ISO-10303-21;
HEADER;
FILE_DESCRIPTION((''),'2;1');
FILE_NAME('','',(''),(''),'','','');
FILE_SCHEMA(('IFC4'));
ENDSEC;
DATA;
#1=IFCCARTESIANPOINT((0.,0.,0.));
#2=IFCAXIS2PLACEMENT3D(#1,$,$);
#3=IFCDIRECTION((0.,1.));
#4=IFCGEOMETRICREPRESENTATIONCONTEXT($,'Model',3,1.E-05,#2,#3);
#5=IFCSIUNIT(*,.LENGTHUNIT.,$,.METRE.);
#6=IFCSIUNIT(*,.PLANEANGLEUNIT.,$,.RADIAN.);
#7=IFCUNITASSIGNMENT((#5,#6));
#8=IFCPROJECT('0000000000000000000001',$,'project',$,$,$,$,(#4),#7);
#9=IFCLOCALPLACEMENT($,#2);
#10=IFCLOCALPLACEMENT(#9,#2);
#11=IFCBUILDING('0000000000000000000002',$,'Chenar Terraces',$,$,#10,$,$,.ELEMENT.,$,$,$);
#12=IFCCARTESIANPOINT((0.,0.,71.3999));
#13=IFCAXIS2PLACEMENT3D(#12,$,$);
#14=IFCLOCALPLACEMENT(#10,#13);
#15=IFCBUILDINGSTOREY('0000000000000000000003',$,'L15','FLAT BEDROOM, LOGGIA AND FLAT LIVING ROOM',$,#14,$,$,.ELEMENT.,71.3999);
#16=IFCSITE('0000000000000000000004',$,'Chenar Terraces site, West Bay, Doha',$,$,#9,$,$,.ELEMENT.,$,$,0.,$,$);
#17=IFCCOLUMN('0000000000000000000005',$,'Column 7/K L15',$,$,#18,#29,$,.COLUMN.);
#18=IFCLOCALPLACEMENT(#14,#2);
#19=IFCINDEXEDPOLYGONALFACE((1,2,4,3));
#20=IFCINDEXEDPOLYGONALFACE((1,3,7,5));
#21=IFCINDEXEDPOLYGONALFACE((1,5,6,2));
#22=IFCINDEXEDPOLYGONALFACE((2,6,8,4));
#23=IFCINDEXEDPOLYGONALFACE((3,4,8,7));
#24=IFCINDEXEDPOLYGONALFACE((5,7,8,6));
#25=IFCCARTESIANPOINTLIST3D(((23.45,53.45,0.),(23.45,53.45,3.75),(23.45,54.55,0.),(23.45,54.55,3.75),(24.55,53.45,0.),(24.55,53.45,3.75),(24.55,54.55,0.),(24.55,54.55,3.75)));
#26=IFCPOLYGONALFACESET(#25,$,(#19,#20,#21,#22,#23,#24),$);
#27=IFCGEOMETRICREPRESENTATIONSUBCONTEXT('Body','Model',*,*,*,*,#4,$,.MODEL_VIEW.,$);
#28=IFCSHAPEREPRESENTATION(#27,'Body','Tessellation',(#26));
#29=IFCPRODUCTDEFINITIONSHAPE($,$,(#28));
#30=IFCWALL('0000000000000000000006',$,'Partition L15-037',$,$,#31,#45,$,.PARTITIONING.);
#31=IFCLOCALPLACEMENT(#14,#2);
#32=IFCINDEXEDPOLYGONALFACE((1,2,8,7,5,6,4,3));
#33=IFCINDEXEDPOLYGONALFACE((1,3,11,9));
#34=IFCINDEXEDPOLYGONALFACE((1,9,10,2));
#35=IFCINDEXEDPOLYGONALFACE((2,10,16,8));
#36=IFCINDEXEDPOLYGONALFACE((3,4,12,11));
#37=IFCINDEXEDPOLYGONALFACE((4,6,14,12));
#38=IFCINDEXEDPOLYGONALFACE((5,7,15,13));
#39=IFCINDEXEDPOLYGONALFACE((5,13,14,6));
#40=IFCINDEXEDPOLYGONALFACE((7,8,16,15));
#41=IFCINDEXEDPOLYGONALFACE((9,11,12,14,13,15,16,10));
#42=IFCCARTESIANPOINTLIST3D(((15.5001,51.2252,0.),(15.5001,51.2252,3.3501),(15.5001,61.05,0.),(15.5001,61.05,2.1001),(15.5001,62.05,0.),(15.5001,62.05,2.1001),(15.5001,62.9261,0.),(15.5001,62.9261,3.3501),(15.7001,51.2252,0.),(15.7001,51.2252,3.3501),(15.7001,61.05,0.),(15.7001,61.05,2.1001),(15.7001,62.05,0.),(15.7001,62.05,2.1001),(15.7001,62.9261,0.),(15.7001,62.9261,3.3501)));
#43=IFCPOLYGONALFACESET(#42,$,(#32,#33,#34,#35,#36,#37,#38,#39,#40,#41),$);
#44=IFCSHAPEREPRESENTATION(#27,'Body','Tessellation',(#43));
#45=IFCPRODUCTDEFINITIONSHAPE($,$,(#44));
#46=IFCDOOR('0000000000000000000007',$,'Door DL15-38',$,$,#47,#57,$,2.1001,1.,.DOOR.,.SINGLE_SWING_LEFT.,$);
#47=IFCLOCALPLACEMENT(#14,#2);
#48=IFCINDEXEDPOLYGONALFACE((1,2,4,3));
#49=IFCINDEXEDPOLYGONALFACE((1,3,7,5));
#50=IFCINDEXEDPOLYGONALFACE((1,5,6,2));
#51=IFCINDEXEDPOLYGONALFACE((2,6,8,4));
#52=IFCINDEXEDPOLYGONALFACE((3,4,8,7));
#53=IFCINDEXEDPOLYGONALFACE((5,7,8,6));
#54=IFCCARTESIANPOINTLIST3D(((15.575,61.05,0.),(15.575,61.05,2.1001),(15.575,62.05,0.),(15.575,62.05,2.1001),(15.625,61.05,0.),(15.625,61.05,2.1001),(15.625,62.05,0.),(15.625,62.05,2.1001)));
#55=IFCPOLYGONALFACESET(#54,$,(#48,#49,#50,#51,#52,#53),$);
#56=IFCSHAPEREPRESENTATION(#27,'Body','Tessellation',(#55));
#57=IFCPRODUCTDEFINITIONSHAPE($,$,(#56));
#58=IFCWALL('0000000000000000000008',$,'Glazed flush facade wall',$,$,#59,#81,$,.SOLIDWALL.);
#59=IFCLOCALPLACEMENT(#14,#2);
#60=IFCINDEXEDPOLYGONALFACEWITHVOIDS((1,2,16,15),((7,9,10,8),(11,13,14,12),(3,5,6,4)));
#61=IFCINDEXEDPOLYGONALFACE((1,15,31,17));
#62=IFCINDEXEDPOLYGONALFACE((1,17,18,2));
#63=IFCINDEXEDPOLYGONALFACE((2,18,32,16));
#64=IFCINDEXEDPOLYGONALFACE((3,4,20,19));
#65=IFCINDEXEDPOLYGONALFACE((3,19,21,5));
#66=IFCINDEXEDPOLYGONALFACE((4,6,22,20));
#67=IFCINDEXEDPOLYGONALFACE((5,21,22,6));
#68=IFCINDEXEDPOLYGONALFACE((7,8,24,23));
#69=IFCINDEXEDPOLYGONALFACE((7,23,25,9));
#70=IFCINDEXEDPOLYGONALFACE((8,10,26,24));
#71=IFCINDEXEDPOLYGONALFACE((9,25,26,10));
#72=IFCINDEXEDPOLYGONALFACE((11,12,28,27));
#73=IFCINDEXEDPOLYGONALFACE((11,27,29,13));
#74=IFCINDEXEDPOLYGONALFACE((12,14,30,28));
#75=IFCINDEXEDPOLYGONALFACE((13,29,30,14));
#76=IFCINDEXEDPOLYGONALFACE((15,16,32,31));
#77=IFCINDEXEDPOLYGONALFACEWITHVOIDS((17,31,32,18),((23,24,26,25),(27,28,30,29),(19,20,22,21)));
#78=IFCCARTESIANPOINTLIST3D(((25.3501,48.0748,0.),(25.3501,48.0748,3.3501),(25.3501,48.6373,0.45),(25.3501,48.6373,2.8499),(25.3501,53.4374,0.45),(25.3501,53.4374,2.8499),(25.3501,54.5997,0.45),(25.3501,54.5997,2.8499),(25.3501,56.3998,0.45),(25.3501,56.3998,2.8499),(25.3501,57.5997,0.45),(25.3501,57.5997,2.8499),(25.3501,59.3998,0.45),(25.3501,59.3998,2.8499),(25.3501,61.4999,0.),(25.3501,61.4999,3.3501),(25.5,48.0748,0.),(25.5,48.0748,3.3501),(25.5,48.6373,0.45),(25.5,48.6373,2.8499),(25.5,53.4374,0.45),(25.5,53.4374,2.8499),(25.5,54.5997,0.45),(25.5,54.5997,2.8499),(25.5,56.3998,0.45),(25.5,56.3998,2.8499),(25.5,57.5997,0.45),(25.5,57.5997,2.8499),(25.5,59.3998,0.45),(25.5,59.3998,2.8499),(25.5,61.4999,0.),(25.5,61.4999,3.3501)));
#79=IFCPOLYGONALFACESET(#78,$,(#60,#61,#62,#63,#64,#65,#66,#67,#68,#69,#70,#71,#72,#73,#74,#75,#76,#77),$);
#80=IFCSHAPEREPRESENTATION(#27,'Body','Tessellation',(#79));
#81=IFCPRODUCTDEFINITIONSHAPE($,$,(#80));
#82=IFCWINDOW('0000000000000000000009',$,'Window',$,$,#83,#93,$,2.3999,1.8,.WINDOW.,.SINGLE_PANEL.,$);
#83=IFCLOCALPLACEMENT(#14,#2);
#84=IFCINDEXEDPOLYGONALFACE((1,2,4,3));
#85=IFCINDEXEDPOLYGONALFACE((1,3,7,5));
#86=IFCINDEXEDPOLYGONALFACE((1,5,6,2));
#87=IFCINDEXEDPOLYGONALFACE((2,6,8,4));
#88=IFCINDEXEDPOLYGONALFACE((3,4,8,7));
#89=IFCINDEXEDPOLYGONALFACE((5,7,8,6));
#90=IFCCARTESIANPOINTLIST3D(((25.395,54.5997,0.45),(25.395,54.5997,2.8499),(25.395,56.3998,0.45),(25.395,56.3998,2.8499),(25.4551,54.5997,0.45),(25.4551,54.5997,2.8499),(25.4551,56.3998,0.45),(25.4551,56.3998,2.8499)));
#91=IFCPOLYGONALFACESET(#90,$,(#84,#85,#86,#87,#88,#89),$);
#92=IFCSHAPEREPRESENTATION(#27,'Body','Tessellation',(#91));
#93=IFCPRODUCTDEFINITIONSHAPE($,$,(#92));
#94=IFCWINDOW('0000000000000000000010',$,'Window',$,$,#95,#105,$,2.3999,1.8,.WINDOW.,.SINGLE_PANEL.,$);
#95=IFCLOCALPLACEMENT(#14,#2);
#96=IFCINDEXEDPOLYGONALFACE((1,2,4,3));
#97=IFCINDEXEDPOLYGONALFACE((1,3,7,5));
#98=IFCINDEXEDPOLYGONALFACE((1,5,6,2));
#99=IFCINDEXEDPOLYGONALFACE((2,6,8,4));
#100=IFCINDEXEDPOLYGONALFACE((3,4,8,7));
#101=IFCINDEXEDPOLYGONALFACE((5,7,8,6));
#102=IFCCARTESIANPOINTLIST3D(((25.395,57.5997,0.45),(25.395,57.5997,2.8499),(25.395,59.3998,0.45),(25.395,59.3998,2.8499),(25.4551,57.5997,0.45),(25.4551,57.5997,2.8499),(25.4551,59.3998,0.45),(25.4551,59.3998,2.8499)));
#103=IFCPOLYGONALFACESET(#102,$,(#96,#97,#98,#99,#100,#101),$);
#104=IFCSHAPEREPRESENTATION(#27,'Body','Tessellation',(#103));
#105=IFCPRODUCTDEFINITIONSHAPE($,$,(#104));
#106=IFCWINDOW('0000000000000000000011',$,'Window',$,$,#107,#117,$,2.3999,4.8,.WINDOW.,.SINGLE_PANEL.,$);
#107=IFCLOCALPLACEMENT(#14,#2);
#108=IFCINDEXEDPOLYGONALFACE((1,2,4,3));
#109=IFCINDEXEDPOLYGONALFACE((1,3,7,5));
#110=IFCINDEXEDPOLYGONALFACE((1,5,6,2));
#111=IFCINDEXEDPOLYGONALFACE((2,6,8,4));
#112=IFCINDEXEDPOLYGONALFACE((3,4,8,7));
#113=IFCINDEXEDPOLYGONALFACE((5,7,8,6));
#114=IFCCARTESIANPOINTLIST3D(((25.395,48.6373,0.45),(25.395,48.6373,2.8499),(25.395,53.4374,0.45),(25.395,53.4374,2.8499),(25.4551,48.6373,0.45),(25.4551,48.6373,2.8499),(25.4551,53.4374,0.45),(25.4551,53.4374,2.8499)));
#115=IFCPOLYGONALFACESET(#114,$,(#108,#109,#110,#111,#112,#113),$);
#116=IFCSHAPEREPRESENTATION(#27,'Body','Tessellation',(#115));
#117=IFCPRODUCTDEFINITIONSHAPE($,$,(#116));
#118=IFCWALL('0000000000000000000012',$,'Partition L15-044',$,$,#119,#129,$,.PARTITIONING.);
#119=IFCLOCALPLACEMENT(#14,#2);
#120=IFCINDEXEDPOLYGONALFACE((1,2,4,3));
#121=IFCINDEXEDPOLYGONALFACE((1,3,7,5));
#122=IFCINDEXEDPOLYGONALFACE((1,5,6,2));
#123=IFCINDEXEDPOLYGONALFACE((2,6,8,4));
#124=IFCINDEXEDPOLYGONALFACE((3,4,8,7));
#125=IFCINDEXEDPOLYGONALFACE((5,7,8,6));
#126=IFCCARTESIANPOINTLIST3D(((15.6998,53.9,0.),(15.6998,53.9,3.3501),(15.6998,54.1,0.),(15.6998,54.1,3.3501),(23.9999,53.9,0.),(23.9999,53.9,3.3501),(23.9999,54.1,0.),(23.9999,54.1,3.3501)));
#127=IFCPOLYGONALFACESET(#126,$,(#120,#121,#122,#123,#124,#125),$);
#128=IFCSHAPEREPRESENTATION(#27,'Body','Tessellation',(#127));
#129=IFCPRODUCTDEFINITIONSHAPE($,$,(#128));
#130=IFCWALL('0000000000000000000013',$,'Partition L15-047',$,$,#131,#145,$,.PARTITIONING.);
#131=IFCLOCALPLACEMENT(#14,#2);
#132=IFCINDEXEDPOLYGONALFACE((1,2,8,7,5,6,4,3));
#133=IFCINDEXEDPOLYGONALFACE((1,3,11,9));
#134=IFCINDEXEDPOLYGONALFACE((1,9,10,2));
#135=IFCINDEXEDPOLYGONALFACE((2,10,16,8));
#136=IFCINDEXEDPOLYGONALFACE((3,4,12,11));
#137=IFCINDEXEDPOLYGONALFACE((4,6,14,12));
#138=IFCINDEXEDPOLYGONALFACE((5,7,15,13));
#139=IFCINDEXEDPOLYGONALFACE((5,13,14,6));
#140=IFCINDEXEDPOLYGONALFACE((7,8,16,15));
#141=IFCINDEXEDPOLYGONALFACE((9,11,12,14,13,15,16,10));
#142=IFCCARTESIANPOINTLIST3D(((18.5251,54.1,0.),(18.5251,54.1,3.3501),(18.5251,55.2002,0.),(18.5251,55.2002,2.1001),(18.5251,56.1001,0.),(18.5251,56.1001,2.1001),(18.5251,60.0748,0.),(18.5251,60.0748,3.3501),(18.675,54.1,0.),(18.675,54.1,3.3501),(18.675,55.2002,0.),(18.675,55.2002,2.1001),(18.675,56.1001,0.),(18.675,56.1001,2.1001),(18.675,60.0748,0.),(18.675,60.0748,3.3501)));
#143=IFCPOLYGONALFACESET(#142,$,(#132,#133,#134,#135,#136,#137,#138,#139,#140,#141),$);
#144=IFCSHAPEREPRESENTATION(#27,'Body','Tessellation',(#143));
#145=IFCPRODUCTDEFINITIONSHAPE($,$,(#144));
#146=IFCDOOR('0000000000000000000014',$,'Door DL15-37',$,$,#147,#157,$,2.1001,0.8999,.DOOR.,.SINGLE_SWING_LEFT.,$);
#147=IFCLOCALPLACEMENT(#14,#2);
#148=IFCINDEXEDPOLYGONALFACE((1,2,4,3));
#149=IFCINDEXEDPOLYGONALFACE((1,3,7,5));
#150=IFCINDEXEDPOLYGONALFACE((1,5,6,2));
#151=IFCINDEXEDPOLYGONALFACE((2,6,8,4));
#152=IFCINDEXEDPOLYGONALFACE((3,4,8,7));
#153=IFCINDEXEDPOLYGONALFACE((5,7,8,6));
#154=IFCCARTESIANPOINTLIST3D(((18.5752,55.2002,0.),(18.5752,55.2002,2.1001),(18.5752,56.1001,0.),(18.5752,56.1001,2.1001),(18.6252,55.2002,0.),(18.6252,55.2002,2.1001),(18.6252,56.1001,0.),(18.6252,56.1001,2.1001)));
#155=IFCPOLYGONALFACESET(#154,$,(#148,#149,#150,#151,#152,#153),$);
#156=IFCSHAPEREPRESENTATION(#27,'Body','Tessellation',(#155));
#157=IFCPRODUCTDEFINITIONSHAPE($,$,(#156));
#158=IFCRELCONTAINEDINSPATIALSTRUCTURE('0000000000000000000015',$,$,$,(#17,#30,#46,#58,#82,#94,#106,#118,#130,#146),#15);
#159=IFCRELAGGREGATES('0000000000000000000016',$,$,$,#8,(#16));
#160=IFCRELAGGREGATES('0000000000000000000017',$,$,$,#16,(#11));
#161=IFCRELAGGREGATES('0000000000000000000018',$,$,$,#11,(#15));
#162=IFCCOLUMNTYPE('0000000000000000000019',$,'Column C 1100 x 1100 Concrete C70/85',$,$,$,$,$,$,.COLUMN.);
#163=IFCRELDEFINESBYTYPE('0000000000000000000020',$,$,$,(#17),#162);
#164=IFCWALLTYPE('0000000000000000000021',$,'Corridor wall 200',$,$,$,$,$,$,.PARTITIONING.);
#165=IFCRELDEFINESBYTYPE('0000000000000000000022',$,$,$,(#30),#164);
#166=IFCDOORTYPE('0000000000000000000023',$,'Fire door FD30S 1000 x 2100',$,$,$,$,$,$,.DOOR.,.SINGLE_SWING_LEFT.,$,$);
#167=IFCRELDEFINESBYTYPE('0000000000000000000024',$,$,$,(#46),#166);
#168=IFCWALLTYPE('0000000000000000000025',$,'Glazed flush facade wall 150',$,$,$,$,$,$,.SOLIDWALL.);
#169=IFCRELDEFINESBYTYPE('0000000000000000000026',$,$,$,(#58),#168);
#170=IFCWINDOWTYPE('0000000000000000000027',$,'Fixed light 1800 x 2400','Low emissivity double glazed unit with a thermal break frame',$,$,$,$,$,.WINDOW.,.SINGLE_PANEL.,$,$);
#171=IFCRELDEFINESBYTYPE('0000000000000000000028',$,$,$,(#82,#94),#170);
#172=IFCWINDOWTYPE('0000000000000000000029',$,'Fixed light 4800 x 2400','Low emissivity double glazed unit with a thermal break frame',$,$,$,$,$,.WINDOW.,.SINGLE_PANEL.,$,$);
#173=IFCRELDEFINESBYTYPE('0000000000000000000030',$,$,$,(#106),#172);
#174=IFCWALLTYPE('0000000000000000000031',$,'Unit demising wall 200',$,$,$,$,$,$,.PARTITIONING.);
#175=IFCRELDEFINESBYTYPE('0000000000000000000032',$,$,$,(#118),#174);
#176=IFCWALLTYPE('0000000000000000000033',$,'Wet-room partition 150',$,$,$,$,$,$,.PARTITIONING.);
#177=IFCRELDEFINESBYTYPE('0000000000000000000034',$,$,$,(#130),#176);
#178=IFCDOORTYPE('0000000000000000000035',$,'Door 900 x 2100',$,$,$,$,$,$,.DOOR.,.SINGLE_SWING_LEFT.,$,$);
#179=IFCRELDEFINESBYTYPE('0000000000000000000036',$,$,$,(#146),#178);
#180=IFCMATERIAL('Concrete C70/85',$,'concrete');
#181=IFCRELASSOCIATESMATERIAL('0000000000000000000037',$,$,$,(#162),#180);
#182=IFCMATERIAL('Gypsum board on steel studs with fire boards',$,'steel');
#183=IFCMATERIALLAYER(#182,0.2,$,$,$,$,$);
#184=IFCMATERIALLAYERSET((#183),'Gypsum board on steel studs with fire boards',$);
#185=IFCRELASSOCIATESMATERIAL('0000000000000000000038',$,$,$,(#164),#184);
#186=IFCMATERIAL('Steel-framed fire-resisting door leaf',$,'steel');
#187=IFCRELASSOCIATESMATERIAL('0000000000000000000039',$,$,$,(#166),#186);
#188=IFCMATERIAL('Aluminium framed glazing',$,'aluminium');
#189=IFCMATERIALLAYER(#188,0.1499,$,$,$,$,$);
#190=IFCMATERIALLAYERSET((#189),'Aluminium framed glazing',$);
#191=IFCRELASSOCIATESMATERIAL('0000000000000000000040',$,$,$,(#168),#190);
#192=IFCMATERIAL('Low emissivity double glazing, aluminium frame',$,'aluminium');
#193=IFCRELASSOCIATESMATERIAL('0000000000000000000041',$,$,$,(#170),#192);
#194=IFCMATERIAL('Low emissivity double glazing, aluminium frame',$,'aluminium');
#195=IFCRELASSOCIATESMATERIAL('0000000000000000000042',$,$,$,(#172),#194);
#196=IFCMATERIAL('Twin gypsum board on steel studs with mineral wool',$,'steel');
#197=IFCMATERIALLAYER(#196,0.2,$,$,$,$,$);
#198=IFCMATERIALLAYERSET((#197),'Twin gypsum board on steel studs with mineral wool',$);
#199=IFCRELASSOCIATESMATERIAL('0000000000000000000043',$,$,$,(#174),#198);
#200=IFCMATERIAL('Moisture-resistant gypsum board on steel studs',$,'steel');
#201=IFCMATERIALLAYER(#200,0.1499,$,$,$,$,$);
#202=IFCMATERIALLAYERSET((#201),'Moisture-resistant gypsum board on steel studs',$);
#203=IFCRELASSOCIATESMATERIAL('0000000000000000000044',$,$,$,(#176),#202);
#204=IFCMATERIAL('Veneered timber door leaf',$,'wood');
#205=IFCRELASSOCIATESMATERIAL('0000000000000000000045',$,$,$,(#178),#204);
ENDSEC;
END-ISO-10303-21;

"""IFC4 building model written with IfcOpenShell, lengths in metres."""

from ifc_helpers import new_model, si_unit, direction, frame, frame_2d, origin, origin_2d, place, context, subcontext, project, spatial, rectangle, extrude, material, layer, layer_set, material_profile, profile_set, type_object, element, fill, save


model = new_model("IFC4")

# Units and contexts
model_context = context("Model", 3, precision=1e-05, world=origin(), true_north=direction((0.0, 1.0)))
body_context = subcontext(model_context, "Body", "Model", "MODEL_VIEW")
ifc_project = project(units=[si_unit("LENGTHUNIT", "METRE"), si_unit("PLANEANGLEUNIT", "RADIAN")], contexts=[model_context])

# Site, building, storey
site_placement = place(None, origin())
site = spatial("IfcSite", under=ifc_project, at=site_placement, Name="Chenar Terraces site, West Bay, Doha", CompositionType="ELEMENT", RefElevation=0.0)
building_placement = place(site_placement, origin())
building = spatial("IfcBuilding", under=site, at=building_placement, Name="Chenar Terraces", CompositionType="ELEMENT")
storey_placement = place(building_placement, frame((0.0, 0.0, 71.3999)))
storey = spatial("IfcBuildingStorey", under=building, at=storey_placement, Name="L15", Description="FLAT BEDROOM, LOGGIA AND FLAT LIVING ROOM", CompositionType="ELEMENT", Elevation=71.3999)

# Column
ifc_material_1 = material(Name="Concrete C70/85", Category="concrete")
ifc_material_profile = material_profile(ifc_material_1, rectangle(XDim=1.1001, YDim=1.1001, at=origin_2d()), Name="C 1100 x 1100")
ifc_profile_set = profile_set([ifc_material_profile], Name="Concrete C70/85")
column_type = type_object("IfcColumnType", Name="Column C 1100 x 1100 Concrete C70/85", PredefinedType="COLUMN", material=ifc_profile_set)
column_placement = place(storey_placement, frame((24.0, 54.0, 0.0), z_axis=(0.0, 0.0, 1.0), x_axis=(1.0, 0.0, 0.0)))
element("IfcColumn", 1, at=column_placement, inside=storey, type_object=column_type, Name="Column 7/K L15", PredefinedType="COLUMN", context=body_context, shape_type="SweptSolid", body=[
    extrude(rectangle(XDim=1.1001, YDim=1.1001, at=origin_2d()), origin(), (0.0, 0.0, 1.0), 3.75),
])

# Wall, opening, door
ifc_material_2 = material(Name="Gypsum board on steel studs with fire boards", Category="steel")
ifc_layer_1 = layer(ifc_material_2, 0.2)
ifc_layer_set_1 = layer_set([ifc_layer_1], Name="Gypsum board on steel studs with fire boards")
wall_type_1 = type_object("IfcWallType", Name="Corridor wall 200", PredefinedType="PARTITIONING", material=ifc_layer_set_1)
wall_1_placement = place(storey_placement, frame((15.6001, 51.2251, 0.0), z_axis=(0.0, 0.0, 1.0), x_axis=(0.0, 1.0, 0.0)))
wall_1 = element("IfcWall", 2, at=wall_1_placement, inside=storey, type_object=wall_type_1, Name="Partition L15-037", PredefinedType="PARTITIONING", context=body_context, shape_type="SweptSolid", body=[
    extrude(rectangle(XDim=11.7009, YDim=0.2, at=frame_2d((5.8506, 0.0))), origin(), (0.0, 0.0, 1.0), 3.3501),
])
opening_1_placement = place(wall_1_placement, frame((9.825, 0.0, 0.0)))
opening_1 = element("IfcOpeningElement", 3, at=opening_1_placement, cuts=wall_1, PredefinedType="OPENING", context=body_context, shape_type="SweptSolid", body=[
    extrude(rectangle(XDim=1.0, YDim=2.1001, at=frame_2d((0.5, 1.05))), frame((0.0, 0.1099, 0.0), z_axis=(0.0, -1.0, 0.0), x_axis=(1.0, 0.0, 0.0)), (0.0, 0.0, 1.0), 0.22),
])
ifc_material_3 = material(Name="Steel-framed fire-resisting door leaf", Category="steel")
door_type_1 = type_object("IfcDoorType", Name="Fire door FD30S 1000 x 2100", OperationType="SINGLE_SWING_LEFT", PredefinedType="DOOR", material=ifc_material_3)
door_1_placement = place(opening_1_placement, frame((1.0, 0.0, 0.0), z_axis=(0.0, 0.0, 1.0), x_axis=(-1.0, 0.0, 0.0)))
door_1 = element("IfcDoor", 4, at=door_1_placement, inside=storey, type_object=door_type_1, Name="Door DL15-38", OperationType="SINGLE_SWING_LEFT", OverallHeight=2.1001, OverallWidth=1.0, PredefinedType="DOOR", context=body_context, shape_type="SweptSolid", body=[
    extrude(rectangle(XDim=1.0, YDim=2.1001, at=frame_2d((0.5, 1.05))), frame((0.0, 0.0249, 0.0), z_axis=(0.0, -1.0, 0.0), x_axis=(1.0, 0.0, 0.0)), (0.0, 0.0, 1.0), 0.05),
])
fill(opening_1, door_1)

# Wall, openings, windows
ifc_material_4 = material(Name="Aluminium framed glazing", Category="aluminium")
ifc_layer_2 = layer(ifc_material_4, 0.1499)
ifc_layer_set_2 = layer_set([ifc_layer_2], Name="Aluminium framed glazing")
wall_type_2 = type_object("IfcWallType", Name="Glazed flush facade wall 150", PredefinedType="SOLIDWALL", material=ifc_layer_set_2)
wall_2_placement = place(storey_placement, frame((25.425, 48.075, 0.0), z_axis=(0.0, 0.0, 1.0), x_axis=(0.0, 1.0, 0.0)))
wall_2 = element("IfcWall", 5, at=wall_2_placement, inside=storey, type_object=wall_type_2, Name="Glazed flush facade wall", PredefinedType="SOLIDWALL", context=body_context, shape_type="SweptSolid", body=[
    extrude(rectangle(XDim=13.425, YDim=0.1499, at=frame_2d((6.7124, 0.0))), origin(), (0.0, 0.0, 1.0), 3.3501),
])
opening_2_placement = place(wall_2_placement, frame((0.5625, 0.0, 0.45)))
opening_2 = element("IfcOpeningElement", 6, at=opening_2_placement, cuts=wall_2, PredefinedType="OPENING", context=body_context, shape_type="SweptSolid", body=[
    extrude(rectangle(XDim=4.8, YDim=2.3999, at=frame_2d((2.3999, 1.2))), frame((0.0, 0.085, 0.0), z_axis=(0.0, -1.0, 0.0), x_axis=(1.0, 0.0, 0.0)), (0.0, 0.0, 1.0), 0.1699),
])
opening_3_placement = place(wall_2_placement, frame((6.5249, 0.0, 0.45)))
opening_3 = element("IfcOpeningElement", 7, at=opening_3_placement, cuts=wall_2, PredefinedType="OPENING", context=body_context, shape_type="SweptSolid", body=[
    extrude(rectangle(XDim=1.8, YDim=2.3999, at=frame_2d((0.8999, 1.2))), frame((0.0, 0.085, 0.0), z_axis=(0.0, -1.0, 0.0), x_axis=(1.0, 0.0, 0.0)), (0.0, 0.0, 1.0), 0.1699),
])
opening_4_placement = place(wall_2_placement, frame((9.5249, 0.0, 0.45)))
opening_4 = element("IfcOpeningElement", 8, at=opening_4_placement, cuts=wall_2, PredefinedType="OPENING", context=body_context, shape_type="SweptSolid", body=[
    extrude(rectangle(XDim=1.8, YDim=2.3999, at=frame_2d((0.8999, 1.2))), frame((0.0, 0.085, 0.0), z_axis=(0.0, -1.0, 0.0), x_axis=(1.0, 0.0, 0.0)), (0.0, 0.0, 1.0), 0.1699),
])
ifc_material_5 = material(Name="Low emissivity double glazing, aluminium frame", Category="aluminium")
window_type_1 = type_object("IfcWindowType", Name="Fixed light 1800 x 2400", Description="Low emissivity double glazed unit with a thermal break frame", PartitioningType="SINGLE_PANEL", PredefinedType="WINDOW", material=ifc_material_5)
window_1_placement = place(opening_3_placement, origin())
window_1 = element("IfcWindow", 9, at=window_1_placement, inside=storey, type_object=window_type_1, Name="Window", OverallHeight=2.3999, OverallWidth=1.8, PartitioningType="SINGLE_PANEL", PredefinedType="WINDOW", context=body_context, shape_type="SweptSolid", body=[
    extrude(rectangle(XDim=1.8, YDim=2.3999, at=frame_2d((0.8999, 1.2))), frame((0.0, 0.03, 0.0), z_axis=(0.0, -1.0, 0.0), x_axis=(1.0, 0.0, 0.0)), (0.0, 0.0, 1.0), 0.0601),
])
fill(opening_3, window_1)
window_2_placement = place(opening_4_placement, origin())
window_2 = element("IfcWindow", 10, at=window_2_placement, inside=storey, type_object=window_type_1, Name="Window", OverallHeight=2.3999, OverallWidth=1.8, PartitioningType="SINGLE_PANEL", PredefinedType="WINDOW", context=body_context, shape_type="SweptSolid", body=[
    extrude(rectangle(XDim=1.8, YDim=2.3999, at=frame_2d((0.8999, 1.2))), frame((0.0, 0.03, 0.0), z_axis=(0.0, -1.0, 0.0), x_axis=(1.0, 0.0, 0.0)), (0.0, 0.0, 1.0), 0.0601),
])
fill(opening_4, window_2)
ifc_material_6 = material(Name="Low emissivity double glazing, aluminium frame", Category="aluminium")
window_type_2 = type_object("IfcWindowType", Name="Fixed light 4800 x 2400", Description="Low emissivity double glazed unit with a thermal break frame", PartitioningType="SINGLE_PANEL", PredefinedType="WINDOW", material=ifc_material_6)
window_3_placement = place(opening_2_placement, origin())
window_3 = element("IfcWindow", 11, at=window_3_placement, inside=storey, type_object=window_type_2, Name="Window", OverallHeight=2.3999, OverallWidth=4.8, PartitioningType="SINGLE_PANEL", PredefinedType="WINDOW", context=body_context, shape_type="SweptSolid", body=[
    extrude(rectangle(XDim=4.8, YDim=2.3999, at=frame_2d((2.3999, 1.2))), frame((0.0, 0.03, 0.0), z_axis=(0.0, -1.0, 0.0), x_axis=(1.0, 0.0, 0.0)), (0.0, 0.0, 1.0), 0.0601),
])
fill(opening_2, window_3)

# Wall
ifc_material_7 = material(Name="Twin gypsum board on steel studs with mineral wool", Category="steel")
ifc_layer_3 = layer(ifc_material_7, 0.2)
ifc_layer_set_3 = layer_set([ifc_layer_3], Name="Twin gypsum board on steel studs with mineral wool")
wall_type_3 = type_object("IfcWallType", Name="Unit demising wall 200", PredefinedType="PARTITIONING", material=ifc_layer_set_3)
wall_3_placement = place(storey_placement, frame((15.7, 54.0, 0.0), z_axis=(0.0, 0.0, 1.0), x_axis=(1.0, 0.0, 0.0)))
element("IfcWall", 12, at=wall_3_placement, inside=storey, type_object=wall_type_3, Name="Partition L15-044", PredefinedType="PARTITIONING", context=body_context, shape_type="SweptSolid", body=[
    extrude(rectangle(XDim=8.3, YDim=0.2, at=frame_2d((4.1499, 0.0))), origin(), (0.0, 0.0, 1.0), 3.3501),
])

# Wall, opening, door
ifc_material_8 = material(Name="Moisture-resistant gypsum board on steel studs", Category="steel")
ifc_layer_4 = layer(ifc_material_8, 0.1499)
ifc_layer_set_4 = layer_set([ifc_layer_4], Name="Moisture-resistant gypsum board on steel studs")
wall_type_4 = type_object("IfcWallType", Name="Wet-room partition 150", PredefinedType="PARTITIONING", material=ifc_layer_set_4)
wall_4_placement = place(storey_placement, frame((18.6001, 54.1001, 0.0), z_axis=(0.0, 0.0, 1.0), x_axis=(0.0, 1.0, 0.0)))
wall_4 = element("IfcWall", 13, at=wall_4_placement, inside=storey, type_object=wall_type_4, Name="Partition L15-047", PredefinedType="PARTITIONING", context=body_context, shape_type="SweptSolid", body=[
    extrude(rectangle(XDim=5.9749, YDim=0.1499, at=frame_2d((2.9873, 0.0))), origin(), (0.0, 0.0, 1.0), 3.3501),
])
opening_5_placement = place(wall_4_placement, frame((1.1001, 0.0, 0.0)))
opening_5 = element("IfcOpeningElement", 14, at=opening_5_placement, cuts=wall_4, PredefinedType="OPENING", context=body_context, shape_type="SweptSolid", body=[
    extrude(rectangle(XDim=0.8999, YDim=2.1001, at=frame_2d((0.45, 1.05))), frame((0.0, 0.085, 0.0), z_axis=(0.0, -1.0, 0.0), x_axis=(1.0, 0.0, 0.0)), (0.0, 0.0, 1.0), 0.1699),
])
ifc_material_9 = material(Name="Veneered timber door leaf", Category="wood")
door_type_2 = type_object("IfcDoorType", Name="Door 900 x 2100", OperationType="SINGLE_SWING_LEFT", PredefinedType="DOOR", material=ifc_material_9)
door_2_placement = place(opening_5_placement, origin())
door_2 = element("IfcDoor", 15, at=door_2_placement, inside=storey, type_object=door_type_2, Name="Door DL15-37", OperationType="SINGLE_SWING_LEFT", OverallHeight=2.1001, OverallWidth=0.8999, PredefinedType="DOOR", context=body_context, shape_type="SweptSolid", body=[
    extrude(rectangle(XDim=0.8999, YDim=2.1001, at=frame_2d((0.45, 1.05))), frame((0.0, 0.0249, 0.0), z_axis=(0.0, -1.0, 0.0), x_axis=(1.0, 0.0, 0.0)), (0.0, 0.0, 1.0), 0.05),
])
fill(opening_5, door_2)

save(model, "model.ifc")
